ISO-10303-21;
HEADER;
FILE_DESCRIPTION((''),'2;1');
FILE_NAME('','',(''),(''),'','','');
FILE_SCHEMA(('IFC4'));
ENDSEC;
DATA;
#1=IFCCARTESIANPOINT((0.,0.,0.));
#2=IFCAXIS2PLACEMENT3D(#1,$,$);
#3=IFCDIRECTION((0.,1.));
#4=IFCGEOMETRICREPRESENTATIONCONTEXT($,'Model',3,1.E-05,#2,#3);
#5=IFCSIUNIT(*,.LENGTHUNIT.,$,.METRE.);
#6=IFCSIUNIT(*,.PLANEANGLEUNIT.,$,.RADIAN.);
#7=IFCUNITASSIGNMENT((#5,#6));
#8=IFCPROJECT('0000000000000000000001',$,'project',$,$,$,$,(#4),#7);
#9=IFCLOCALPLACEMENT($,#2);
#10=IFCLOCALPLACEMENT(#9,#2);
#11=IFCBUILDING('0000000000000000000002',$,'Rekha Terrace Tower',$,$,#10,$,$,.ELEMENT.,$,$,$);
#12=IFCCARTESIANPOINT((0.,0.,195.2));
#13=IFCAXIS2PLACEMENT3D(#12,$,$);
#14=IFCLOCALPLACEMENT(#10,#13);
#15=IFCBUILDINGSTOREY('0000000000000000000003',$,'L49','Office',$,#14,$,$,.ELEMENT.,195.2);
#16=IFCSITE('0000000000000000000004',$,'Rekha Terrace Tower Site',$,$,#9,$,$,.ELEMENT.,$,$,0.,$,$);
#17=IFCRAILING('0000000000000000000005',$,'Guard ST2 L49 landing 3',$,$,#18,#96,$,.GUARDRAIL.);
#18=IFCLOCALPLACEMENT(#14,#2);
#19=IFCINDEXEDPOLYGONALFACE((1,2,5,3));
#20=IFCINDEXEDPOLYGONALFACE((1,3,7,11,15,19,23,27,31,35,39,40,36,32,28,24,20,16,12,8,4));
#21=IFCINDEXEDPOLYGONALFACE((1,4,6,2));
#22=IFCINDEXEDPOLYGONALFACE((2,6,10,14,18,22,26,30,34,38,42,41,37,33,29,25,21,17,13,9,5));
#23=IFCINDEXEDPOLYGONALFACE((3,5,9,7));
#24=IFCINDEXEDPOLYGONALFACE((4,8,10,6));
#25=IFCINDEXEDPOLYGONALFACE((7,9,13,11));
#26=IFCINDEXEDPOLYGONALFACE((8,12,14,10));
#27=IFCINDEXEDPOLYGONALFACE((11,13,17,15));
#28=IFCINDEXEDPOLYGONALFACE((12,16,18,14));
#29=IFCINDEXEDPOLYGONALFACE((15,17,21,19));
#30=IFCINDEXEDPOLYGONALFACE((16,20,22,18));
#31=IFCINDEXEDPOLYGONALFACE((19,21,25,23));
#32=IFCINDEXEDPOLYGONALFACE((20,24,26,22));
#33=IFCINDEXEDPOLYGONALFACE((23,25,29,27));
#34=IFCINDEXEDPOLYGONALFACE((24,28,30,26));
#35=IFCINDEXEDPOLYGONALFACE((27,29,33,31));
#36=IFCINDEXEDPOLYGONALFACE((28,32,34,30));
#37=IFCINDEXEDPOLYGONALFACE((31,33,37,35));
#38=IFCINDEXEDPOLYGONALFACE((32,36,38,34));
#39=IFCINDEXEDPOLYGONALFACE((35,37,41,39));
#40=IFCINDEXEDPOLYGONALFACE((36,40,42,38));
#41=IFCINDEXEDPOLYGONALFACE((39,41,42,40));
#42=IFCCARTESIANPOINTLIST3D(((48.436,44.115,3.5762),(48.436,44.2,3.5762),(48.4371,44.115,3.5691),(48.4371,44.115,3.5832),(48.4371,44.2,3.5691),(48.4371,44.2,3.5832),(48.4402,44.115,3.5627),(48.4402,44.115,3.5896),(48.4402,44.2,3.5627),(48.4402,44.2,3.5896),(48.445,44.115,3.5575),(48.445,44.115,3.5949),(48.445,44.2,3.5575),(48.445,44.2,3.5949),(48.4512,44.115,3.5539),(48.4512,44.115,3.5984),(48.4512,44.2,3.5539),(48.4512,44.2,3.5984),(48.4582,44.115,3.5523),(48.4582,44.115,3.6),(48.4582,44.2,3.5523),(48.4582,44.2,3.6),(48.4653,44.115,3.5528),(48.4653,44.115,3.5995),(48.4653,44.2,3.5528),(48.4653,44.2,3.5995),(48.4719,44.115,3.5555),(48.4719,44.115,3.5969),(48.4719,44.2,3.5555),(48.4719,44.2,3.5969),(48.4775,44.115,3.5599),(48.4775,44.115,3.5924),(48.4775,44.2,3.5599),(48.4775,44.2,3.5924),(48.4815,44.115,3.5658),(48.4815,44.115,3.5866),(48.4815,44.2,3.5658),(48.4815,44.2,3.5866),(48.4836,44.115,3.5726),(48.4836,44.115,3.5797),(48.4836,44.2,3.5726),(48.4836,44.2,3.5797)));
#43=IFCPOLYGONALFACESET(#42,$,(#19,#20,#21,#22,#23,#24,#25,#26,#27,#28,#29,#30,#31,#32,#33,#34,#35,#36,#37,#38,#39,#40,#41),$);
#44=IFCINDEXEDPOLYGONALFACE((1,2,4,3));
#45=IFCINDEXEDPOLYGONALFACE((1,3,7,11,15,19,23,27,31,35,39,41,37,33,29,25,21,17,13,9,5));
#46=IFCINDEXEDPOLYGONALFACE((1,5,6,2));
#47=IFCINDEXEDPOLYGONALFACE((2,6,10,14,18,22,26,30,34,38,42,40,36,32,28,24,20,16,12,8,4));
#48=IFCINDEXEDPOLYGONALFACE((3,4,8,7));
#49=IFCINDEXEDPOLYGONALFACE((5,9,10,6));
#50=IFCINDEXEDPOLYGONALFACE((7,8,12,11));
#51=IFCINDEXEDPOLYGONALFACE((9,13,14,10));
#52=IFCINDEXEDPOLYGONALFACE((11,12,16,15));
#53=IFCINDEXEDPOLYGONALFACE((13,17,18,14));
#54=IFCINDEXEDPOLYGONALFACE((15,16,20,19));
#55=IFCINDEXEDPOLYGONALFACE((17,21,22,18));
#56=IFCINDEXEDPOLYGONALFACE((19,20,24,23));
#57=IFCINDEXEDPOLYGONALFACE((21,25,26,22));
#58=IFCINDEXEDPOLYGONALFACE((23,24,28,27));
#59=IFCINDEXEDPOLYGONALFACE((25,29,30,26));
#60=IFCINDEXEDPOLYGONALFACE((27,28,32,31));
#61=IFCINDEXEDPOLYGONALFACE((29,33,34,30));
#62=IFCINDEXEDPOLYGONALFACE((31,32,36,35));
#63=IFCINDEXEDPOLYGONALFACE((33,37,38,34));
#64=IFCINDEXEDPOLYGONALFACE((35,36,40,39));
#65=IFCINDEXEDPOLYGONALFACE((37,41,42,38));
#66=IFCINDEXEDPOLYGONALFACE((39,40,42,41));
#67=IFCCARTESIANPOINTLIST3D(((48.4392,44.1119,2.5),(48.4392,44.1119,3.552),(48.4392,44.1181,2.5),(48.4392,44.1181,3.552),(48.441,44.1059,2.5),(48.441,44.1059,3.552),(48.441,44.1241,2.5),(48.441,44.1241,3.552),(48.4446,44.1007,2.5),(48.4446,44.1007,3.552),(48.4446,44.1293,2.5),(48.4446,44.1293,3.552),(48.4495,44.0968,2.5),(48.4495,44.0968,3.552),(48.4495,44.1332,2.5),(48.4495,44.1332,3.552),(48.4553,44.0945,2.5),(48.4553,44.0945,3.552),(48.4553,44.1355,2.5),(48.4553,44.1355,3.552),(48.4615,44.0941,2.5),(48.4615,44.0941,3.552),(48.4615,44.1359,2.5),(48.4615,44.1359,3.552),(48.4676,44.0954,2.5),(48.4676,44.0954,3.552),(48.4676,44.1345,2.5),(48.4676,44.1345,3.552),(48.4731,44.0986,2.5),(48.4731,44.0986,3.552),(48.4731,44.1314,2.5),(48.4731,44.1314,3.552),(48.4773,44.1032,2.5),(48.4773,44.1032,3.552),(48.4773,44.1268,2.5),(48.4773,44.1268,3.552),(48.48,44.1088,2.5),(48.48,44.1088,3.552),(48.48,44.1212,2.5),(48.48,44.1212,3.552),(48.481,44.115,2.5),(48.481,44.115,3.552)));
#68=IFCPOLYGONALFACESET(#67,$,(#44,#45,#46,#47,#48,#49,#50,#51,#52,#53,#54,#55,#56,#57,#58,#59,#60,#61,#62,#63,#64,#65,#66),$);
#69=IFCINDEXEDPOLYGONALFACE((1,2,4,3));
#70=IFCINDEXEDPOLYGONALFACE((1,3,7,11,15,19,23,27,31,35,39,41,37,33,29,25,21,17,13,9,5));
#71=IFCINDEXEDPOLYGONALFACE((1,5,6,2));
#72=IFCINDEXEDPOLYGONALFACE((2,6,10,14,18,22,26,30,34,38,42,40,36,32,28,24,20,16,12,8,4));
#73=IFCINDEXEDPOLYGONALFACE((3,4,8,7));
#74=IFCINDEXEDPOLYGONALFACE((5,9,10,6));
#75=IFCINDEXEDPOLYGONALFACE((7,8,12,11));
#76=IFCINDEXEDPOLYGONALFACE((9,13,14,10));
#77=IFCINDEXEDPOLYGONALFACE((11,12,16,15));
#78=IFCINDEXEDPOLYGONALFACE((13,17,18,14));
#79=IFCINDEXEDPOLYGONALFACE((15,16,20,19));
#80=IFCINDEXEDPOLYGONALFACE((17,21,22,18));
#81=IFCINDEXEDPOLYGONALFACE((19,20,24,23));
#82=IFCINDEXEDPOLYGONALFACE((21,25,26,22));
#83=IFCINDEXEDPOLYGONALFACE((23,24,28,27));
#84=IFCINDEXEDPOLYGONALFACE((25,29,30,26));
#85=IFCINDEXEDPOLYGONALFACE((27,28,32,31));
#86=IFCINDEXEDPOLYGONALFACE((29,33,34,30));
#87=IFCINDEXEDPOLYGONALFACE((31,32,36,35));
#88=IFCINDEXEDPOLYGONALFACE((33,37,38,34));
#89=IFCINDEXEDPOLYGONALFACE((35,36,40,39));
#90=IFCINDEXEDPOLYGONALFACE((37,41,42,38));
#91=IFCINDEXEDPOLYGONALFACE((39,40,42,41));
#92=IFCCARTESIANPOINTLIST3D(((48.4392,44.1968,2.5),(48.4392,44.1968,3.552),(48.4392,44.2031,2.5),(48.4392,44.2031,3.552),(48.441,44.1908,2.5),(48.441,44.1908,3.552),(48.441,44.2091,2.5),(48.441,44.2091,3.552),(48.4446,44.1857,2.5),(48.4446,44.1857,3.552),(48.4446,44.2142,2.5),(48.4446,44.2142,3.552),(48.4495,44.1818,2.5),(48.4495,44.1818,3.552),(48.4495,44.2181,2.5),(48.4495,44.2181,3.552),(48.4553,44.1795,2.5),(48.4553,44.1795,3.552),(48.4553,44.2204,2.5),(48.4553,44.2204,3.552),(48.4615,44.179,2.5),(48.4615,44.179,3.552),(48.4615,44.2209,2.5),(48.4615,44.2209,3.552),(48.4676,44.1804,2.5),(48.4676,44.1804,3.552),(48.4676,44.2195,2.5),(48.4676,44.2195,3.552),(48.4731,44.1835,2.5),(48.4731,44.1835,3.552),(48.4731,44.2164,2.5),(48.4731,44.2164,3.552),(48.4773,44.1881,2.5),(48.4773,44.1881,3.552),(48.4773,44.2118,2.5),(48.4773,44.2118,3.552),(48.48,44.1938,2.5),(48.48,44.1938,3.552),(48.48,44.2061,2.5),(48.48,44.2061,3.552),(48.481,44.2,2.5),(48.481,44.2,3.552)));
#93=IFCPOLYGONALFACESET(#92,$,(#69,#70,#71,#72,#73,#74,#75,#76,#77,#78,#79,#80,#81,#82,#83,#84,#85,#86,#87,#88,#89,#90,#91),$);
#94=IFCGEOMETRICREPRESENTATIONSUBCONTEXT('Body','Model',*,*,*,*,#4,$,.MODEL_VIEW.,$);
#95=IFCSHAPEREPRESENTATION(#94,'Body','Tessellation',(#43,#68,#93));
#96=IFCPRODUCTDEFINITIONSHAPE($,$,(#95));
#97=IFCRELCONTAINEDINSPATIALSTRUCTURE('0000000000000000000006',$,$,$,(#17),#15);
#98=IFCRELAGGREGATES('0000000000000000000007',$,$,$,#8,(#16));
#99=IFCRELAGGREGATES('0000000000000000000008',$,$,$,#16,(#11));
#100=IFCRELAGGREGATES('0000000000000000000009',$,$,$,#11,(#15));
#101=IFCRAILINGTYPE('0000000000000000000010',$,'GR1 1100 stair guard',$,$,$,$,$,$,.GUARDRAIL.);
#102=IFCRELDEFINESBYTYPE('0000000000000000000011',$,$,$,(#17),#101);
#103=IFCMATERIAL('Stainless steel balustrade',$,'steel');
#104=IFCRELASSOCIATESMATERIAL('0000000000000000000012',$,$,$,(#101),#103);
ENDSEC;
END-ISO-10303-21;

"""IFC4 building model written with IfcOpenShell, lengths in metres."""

from ifc_helpers import new_model, si_unit, direction, frame, origin, origin_2d, place, context, subcontext, project, spatial, circle, extrude, material, type_object, element, save


model = new_model("IFC4")

# Units and contexts
model_context = context("Model", 3, precision=1e-05, world=origin(), true_north=direction((0.0, 1.0)))
body_context = subcontext(model_context, "Body", "Model", "MODEL_VIEW")
ifc_project = project(units=[si_unit("LENGTHUNIT", "METRE"), si_unit("PLANEANGLEUNIT", "RADIAN")], contexts=[model_context])

# Site, building, storey
site_placement = place(None, origin())
site = spatial("IfcSite", under=ifc_project, at=site_placement, Name="Rekha Terrace Tower Site", CompositionType="ELEMENT", RefElevation=0.0)
building_placement = place(site_placement, origin())
building = spatial("IfcBuilding", under=site, at=building_placement, Name="Rekha Terrace Tower", CompositionType="ELEMENT")
storey_placement = place(building_placement, frame((0.0, 0.0, 195.2)))
storey = spatial("IfcBuildingStorey", under=building, at=storey_placement, Name="L49", Description="Office", CompositionType="ELEMENT", Elevation=195.2)

# Railing
ifc_material_1 = material(Name="Stainless steel balustrade", Category="steel")
railing_type_1 = type_object("IfcRailingType", Name="GR1 1100 stair guard", PredefinedType="GUARDRAIL", material=ifc_material_1)
railing_1_placement = place(storey_placement, frame((48.46, 44.115, 2.5)))
element("IfcRailing", 1, at=railing_1_placement, inside=storey, type_object=railing_type_1, Name="Guard ST2 L49 landing 3", PredefinedType="GUARDRAIL", context=body_context, shape_type="SweptSolid", body=[
    extrude(circle(Radius=0.0239, at=origin_2d()), frame((0.0, 0.0, 1.0762), z_axis=(0.0, 1.0, 0.0), x_axis=(-1.0, 0.0, 0.0)), (0.0, 0.0, 1.0), 0.085),
    extrude(circle(Radius=0.021, at=origin_2d()), origin(), (0.0, 0.0, 1.0), 1.052),
    extrude(circle(Radius=0.021, at=origin_2d()), frame((0.0, 0.085, 0.0)), (0.0, 0.0, 1.0), 1.052),
])

save(model, "model.ifc")
